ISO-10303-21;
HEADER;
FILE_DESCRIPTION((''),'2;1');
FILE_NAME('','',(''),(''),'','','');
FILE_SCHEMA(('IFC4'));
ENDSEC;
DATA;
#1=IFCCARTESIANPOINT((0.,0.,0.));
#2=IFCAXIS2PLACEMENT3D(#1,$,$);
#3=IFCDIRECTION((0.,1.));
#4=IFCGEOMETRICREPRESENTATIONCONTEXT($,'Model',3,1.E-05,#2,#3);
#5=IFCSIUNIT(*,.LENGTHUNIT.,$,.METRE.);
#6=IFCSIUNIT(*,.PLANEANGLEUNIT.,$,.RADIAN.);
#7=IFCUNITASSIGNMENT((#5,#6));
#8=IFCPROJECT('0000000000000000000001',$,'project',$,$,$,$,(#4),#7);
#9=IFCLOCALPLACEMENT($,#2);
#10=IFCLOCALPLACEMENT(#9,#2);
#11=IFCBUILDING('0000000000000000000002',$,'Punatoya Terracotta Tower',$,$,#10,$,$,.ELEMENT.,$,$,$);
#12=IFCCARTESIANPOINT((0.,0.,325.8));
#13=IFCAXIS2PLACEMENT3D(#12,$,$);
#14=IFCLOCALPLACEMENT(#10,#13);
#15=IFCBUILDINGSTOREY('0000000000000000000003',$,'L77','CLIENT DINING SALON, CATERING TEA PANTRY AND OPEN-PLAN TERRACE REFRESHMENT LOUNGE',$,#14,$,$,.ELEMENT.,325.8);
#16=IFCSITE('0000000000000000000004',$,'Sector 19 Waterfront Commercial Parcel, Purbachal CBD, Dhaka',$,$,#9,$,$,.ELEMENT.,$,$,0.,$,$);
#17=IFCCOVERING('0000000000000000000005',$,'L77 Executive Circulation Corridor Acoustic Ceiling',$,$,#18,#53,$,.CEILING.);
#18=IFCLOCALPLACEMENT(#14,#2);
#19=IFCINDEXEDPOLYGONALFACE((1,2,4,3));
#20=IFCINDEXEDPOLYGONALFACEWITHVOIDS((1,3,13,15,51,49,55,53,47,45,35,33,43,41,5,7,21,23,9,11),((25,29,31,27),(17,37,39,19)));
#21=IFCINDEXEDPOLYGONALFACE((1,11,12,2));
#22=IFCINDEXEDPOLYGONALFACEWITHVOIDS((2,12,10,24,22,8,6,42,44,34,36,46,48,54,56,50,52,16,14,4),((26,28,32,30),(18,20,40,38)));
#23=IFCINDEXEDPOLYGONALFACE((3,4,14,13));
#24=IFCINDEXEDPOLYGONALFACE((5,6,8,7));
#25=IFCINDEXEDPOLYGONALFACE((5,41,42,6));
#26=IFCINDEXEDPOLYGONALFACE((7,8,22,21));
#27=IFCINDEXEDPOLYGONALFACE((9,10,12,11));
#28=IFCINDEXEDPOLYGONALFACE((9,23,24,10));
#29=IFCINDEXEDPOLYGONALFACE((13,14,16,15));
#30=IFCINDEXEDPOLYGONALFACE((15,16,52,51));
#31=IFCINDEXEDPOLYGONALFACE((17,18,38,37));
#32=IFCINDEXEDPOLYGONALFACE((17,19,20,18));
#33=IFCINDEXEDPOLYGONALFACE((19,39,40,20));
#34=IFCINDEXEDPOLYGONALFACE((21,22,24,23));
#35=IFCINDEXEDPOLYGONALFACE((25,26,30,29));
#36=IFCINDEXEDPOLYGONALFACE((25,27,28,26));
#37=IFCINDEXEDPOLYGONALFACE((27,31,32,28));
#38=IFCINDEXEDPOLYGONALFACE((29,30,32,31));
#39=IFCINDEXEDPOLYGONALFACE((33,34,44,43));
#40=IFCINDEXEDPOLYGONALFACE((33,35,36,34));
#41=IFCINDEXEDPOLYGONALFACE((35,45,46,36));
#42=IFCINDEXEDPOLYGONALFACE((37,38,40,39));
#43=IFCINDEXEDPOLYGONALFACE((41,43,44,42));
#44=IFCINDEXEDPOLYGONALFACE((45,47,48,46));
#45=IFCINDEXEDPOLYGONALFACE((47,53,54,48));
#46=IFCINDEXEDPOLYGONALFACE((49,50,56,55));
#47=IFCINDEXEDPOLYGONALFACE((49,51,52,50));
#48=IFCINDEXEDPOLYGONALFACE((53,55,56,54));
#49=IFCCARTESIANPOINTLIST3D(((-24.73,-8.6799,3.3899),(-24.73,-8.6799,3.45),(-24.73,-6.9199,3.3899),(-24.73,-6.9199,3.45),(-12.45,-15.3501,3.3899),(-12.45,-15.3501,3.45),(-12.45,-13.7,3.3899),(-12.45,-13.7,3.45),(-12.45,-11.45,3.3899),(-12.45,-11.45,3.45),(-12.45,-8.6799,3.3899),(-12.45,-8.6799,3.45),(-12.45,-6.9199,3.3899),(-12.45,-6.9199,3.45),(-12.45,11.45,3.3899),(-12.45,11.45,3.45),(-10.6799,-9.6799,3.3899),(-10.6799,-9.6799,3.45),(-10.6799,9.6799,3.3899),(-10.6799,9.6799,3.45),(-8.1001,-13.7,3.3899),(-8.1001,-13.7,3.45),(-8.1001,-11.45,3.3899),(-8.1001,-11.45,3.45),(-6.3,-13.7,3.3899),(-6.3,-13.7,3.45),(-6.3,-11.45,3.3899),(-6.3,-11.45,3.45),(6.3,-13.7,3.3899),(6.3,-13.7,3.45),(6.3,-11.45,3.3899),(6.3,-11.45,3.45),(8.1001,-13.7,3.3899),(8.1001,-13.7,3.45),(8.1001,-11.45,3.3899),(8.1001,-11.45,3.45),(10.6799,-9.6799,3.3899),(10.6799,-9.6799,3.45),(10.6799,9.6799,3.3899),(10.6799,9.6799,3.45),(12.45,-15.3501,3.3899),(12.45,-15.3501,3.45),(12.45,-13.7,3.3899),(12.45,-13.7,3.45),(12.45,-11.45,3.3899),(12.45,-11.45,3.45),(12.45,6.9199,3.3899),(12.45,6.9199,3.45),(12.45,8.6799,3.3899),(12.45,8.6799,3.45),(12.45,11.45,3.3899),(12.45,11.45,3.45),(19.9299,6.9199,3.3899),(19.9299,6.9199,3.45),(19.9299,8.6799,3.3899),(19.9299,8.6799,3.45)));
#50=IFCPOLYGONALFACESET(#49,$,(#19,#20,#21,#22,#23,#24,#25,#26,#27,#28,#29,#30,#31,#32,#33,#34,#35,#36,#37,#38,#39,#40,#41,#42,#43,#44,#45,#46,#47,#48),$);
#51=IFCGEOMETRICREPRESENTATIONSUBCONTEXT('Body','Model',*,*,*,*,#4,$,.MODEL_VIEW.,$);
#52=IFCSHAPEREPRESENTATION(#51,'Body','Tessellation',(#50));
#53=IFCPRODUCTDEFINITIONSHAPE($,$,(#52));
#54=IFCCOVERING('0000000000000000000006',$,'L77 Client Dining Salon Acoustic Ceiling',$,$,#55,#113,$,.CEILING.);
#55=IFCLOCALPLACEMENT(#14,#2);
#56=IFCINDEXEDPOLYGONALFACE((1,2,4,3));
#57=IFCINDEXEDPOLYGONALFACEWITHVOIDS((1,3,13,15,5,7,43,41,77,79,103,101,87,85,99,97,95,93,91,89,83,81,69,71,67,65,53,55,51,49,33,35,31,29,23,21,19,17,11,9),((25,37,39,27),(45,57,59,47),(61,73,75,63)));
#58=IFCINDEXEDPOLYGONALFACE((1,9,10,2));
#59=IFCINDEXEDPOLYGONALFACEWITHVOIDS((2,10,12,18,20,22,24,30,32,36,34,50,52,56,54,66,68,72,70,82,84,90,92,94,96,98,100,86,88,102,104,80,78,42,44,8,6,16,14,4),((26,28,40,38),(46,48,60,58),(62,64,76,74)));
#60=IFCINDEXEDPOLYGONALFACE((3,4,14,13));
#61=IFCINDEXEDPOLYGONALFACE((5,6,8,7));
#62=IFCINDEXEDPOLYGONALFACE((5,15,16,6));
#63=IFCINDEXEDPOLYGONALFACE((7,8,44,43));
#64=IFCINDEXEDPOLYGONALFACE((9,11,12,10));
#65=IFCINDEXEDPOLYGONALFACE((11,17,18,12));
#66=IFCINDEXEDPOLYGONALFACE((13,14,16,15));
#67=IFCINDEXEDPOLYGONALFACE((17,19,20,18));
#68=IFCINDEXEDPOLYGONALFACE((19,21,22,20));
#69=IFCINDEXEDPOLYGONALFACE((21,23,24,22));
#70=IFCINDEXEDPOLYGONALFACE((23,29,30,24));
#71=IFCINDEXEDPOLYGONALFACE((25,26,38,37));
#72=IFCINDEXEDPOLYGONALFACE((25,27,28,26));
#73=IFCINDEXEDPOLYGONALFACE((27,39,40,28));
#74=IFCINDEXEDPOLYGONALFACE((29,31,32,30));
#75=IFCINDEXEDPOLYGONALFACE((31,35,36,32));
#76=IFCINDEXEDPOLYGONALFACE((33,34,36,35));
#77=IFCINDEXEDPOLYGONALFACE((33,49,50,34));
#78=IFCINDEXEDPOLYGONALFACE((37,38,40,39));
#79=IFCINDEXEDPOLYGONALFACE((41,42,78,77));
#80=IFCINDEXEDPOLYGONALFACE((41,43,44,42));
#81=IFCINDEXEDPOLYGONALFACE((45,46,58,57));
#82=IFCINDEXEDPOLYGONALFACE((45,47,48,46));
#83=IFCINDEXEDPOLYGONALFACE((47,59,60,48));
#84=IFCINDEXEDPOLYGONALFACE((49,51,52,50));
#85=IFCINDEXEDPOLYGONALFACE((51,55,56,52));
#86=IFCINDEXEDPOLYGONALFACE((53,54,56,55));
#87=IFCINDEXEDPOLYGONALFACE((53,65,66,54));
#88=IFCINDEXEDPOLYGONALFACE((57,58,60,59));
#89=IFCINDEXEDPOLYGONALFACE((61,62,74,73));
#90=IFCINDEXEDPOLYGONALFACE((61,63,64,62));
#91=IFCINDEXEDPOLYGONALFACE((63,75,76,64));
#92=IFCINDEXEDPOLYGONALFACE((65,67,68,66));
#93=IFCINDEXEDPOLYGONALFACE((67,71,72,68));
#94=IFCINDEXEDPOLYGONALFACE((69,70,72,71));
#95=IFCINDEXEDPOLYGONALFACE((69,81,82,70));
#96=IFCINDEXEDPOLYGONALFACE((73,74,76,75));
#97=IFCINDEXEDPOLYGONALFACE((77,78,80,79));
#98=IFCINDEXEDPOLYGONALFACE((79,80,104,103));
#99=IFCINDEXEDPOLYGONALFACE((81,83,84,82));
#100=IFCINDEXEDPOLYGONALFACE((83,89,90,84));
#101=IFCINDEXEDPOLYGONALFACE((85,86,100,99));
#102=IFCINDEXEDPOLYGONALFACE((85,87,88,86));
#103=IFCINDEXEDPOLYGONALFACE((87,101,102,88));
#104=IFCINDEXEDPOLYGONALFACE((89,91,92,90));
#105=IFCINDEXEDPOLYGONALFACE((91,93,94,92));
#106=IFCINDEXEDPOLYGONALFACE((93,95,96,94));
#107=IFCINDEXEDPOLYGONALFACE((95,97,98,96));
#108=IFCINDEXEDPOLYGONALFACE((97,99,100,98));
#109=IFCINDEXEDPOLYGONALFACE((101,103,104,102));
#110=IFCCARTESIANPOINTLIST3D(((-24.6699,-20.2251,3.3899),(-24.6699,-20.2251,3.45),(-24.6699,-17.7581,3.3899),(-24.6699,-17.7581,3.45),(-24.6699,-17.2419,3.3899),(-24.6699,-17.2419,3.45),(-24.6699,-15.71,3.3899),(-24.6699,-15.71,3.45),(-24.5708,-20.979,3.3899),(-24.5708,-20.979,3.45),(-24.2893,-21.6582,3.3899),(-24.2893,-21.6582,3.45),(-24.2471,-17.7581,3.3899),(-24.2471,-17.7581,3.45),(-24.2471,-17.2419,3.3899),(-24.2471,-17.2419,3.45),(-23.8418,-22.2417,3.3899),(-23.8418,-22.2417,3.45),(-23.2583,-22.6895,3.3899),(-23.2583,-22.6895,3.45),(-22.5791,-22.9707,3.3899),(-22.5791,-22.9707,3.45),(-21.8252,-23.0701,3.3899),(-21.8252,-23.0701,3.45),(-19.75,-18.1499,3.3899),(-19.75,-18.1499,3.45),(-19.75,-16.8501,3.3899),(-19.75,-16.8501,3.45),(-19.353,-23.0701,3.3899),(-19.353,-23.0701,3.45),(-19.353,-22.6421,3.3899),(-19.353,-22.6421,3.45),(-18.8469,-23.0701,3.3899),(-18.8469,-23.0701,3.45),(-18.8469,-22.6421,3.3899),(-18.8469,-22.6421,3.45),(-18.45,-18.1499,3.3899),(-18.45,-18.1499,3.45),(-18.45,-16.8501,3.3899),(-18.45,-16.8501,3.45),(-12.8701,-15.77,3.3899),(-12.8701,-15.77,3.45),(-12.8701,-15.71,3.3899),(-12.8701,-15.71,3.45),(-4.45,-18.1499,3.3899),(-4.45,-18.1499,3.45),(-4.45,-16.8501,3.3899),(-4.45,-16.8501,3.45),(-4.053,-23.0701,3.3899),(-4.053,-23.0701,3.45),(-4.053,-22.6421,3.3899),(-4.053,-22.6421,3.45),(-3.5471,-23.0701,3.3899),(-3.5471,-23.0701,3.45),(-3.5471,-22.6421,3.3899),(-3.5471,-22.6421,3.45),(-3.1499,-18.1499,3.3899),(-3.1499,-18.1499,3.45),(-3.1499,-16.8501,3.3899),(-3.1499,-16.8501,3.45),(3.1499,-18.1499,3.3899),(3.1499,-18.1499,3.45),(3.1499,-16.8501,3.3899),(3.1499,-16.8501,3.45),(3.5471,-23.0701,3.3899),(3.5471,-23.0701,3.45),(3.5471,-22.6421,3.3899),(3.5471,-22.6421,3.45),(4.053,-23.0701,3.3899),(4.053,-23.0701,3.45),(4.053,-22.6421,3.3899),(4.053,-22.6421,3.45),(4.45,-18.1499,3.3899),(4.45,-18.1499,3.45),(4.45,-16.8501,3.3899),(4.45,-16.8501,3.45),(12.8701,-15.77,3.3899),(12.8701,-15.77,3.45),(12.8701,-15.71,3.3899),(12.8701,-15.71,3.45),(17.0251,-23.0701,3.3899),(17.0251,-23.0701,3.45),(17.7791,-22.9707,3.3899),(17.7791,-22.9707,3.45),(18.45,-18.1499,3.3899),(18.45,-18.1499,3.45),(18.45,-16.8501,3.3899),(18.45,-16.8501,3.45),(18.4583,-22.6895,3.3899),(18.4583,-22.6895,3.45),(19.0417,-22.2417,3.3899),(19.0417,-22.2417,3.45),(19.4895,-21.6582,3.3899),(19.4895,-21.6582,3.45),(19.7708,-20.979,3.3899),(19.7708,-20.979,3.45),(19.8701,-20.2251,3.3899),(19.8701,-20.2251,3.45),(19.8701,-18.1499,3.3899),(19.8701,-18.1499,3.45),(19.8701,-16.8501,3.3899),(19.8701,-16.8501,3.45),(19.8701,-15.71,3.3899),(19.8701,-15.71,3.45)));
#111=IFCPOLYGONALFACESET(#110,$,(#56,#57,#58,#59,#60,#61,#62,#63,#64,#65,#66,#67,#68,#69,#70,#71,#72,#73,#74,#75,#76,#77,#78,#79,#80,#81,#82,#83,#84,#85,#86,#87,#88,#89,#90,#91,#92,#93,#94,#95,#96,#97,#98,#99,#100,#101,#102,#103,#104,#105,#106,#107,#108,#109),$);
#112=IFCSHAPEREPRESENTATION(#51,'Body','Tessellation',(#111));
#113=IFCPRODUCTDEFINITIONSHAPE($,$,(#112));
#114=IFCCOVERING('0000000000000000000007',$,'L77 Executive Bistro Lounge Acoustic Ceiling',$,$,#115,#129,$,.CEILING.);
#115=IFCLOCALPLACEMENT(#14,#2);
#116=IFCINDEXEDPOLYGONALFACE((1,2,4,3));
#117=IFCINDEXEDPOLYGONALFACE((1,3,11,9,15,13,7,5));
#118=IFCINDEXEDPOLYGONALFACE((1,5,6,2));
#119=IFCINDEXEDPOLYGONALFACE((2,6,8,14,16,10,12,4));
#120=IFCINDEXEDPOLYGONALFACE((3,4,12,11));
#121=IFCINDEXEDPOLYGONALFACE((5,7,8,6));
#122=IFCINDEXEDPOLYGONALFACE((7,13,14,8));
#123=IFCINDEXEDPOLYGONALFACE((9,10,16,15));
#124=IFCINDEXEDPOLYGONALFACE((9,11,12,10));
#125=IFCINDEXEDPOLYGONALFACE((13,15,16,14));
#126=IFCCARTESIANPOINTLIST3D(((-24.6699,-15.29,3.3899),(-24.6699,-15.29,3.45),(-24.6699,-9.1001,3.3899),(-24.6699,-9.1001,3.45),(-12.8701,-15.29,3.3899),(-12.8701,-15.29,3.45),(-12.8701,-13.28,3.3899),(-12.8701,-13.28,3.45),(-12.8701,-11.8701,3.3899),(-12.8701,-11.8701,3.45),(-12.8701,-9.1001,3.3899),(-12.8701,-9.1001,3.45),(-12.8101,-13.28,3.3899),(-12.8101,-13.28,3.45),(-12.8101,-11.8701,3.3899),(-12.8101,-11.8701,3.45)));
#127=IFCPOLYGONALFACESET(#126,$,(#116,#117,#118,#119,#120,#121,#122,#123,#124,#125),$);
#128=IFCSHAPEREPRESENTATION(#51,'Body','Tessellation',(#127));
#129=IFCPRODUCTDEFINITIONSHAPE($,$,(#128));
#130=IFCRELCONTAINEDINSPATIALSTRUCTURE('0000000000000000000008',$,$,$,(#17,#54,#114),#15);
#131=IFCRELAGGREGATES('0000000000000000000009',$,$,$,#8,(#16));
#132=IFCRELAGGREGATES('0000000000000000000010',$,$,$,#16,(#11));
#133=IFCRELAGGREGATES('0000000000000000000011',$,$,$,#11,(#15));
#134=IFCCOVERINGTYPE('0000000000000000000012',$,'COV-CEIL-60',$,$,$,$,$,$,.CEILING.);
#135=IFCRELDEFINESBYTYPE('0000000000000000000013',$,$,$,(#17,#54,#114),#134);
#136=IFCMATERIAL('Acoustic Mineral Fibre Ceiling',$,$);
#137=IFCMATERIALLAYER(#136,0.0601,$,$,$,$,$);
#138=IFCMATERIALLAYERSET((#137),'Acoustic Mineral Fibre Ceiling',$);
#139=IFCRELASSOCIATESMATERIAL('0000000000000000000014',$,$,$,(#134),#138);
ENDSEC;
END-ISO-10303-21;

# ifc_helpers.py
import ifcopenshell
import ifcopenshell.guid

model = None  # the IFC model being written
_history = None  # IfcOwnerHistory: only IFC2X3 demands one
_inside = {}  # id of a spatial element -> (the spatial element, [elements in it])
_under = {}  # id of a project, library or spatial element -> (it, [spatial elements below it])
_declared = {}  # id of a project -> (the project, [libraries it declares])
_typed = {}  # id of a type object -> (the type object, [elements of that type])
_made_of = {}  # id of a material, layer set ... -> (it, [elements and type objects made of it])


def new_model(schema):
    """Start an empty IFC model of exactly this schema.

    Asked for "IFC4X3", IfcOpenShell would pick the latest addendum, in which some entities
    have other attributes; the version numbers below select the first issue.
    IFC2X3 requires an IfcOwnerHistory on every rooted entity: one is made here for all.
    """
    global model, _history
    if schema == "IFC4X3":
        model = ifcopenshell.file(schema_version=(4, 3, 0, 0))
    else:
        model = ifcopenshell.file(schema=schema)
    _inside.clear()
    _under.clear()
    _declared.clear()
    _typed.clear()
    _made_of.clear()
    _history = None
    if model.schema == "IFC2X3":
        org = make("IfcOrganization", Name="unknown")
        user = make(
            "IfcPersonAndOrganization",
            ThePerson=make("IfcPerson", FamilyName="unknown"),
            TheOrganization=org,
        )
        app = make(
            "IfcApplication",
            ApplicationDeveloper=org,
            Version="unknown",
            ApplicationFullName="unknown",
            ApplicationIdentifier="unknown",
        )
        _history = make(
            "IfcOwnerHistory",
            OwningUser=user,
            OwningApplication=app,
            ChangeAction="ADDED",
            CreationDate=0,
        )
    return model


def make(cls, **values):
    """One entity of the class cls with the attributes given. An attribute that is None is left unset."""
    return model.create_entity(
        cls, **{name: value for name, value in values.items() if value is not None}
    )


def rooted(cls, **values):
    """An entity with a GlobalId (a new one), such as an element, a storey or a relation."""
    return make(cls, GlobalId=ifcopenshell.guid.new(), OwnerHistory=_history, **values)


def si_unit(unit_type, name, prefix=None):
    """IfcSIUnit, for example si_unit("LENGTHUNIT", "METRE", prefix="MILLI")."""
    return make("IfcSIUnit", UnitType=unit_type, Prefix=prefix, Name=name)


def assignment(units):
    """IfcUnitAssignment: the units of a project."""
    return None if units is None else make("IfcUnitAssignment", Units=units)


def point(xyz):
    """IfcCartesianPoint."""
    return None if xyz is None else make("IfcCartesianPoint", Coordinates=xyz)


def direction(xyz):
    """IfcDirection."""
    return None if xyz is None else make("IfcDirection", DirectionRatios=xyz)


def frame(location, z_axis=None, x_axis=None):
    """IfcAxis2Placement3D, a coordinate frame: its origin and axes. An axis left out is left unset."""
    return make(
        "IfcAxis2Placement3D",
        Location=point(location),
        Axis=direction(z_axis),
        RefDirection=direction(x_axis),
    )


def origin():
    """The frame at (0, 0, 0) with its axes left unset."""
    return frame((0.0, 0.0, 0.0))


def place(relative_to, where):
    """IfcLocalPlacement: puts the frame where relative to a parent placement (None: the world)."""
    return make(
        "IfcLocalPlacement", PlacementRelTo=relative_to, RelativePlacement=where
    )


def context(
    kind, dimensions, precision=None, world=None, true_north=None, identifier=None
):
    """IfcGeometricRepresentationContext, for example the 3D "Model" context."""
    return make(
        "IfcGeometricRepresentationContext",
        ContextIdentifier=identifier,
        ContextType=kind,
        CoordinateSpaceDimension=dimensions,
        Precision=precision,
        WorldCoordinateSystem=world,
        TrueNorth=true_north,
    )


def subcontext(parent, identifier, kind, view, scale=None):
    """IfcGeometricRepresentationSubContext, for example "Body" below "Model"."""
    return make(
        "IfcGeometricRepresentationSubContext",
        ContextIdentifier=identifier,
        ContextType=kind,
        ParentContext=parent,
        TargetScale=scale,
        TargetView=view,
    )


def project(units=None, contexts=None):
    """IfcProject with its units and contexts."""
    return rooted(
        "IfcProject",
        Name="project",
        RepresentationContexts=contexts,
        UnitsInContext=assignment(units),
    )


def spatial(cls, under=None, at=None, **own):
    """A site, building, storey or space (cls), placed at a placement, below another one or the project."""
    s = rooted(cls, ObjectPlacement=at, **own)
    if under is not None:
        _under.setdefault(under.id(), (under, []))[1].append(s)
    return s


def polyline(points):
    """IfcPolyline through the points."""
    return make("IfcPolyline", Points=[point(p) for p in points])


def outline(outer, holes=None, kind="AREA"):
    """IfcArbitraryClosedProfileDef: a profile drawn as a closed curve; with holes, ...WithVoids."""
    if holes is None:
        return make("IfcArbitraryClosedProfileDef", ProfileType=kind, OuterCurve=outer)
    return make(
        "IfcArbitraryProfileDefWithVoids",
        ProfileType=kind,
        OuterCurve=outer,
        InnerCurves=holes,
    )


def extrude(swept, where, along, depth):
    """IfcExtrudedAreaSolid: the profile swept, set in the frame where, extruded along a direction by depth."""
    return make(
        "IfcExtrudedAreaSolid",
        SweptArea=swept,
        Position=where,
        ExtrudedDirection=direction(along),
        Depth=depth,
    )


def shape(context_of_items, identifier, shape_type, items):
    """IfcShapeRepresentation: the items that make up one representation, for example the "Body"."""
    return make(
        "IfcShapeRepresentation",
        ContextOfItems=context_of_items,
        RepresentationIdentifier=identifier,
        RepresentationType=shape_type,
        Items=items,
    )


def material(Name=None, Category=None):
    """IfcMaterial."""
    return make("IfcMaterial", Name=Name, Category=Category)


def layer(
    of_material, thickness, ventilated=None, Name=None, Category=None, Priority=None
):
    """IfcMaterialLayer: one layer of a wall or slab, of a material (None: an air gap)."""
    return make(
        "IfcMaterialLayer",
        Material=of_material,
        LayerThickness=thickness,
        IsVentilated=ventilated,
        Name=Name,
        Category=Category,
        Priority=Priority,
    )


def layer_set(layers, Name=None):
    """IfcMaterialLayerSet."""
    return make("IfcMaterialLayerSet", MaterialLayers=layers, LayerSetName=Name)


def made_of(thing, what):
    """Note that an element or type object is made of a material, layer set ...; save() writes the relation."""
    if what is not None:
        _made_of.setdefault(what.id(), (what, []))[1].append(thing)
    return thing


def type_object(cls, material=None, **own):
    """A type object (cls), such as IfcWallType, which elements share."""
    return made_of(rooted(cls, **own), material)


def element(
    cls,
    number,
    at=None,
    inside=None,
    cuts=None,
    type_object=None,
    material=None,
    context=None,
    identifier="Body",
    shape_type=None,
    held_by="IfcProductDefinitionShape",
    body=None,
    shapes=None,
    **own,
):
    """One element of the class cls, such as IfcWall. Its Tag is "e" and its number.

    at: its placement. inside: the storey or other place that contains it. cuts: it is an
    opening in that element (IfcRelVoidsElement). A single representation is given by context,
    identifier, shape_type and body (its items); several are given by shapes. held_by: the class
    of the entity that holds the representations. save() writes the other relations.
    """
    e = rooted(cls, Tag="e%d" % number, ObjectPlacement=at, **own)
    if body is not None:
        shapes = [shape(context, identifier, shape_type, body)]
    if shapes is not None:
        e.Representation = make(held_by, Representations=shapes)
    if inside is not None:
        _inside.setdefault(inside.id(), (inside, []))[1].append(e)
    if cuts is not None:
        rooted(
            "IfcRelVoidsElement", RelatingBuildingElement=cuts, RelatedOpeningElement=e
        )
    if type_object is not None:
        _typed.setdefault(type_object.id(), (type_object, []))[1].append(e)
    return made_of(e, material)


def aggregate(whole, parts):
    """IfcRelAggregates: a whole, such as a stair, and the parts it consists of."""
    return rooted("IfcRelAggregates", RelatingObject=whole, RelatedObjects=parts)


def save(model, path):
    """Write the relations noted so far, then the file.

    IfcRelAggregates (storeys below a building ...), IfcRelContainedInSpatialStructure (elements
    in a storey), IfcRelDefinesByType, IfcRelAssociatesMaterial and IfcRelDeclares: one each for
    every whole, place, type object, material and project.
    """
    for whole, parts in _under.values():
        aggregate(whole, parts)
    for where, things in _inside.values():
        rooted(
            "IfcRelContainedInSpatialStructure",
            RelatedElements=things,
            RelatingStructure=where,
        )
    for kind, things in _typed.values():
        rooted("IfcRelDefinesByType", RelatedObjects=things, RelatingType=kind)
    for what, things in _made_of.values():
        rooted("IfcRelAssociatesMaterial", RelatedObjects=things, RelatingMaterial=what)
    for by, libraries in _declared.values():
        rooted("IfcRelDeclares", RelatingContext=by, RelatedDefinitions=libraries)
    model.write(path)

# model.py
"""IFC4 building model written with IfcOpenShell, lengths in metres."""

from ifc_helpers import new_model, si_unit, direction, frame, origin, place, context, subcontext, project, spatial, polyline, outline, extrude, material, layer, layer_set, type_object, element, save


model = new_model("IFC4")

# Units and contexts
model_context = context("Model", 3, precision=1e-05, world=origin(), true_north=direction((0.0, 1.0)))
body_context = subcontext(model_context, "Body", "Model", "MODEL_VIEW")
ifc_project = project(units=[si_unit("LENGTHUNIT", "METRE"), si_unit("PLANEANGLEUNIT", "RADIAN")], contexts=[model_context])

# Site, building, storey
site_placement = place(None, origin())
site = spatial("IfcSite", under=ifc_project, at=site_placement, Name="Sector 19 Waterfront Commercial Parcel, Purbachal CBD, Dhaka", CompositionType="ELEMENT", RefElevation=0.0)
building_placement = place(site_placement, origin())
building = spatial("IfcBuilding", under=site, at=building_placement, Name="Punatoya Terracotta Tower", CompositionType="ELEMENT")
storey_placement = place(building_placement, frame((0.0, 0.0, 325.8)))
storey = spatial("IfcBuildingStorey", under=building, at=storey_placement, Name="L77", Description="CLIENT DINING SALON, CATERING TEA PANTRY AND OPEN-PLAN TERRACE REFRESHMENT LOUNGE", CompositionType="ELEMENT", Elevation=325.8)

# Coverings
ifc_material_1 = material(Name="Acoustic Mineral Fibre Ceiling")
ifc_layer_1 = layer(ifc_material_1, 0.0601)
ifc_layer_set_1 = layer_set([ifc_layer_1], Name="Acoustic Mineral Fibre Ceiling")
covering_type = type_object("IfcCoveringType", Name="COV-CEIL-60", PredefinedType="CEILING", material=ifc_layer_set_1)
covering_1_placement = place(storey_placement, frame((0.0, 0.0, 3.3899)))
element("IfcCovering", 1, at=covering_1_placement, inside=storey, type_object=covering_type, Name="L77 Executive Circulation Corridor Acoustic Ceiling", PredefinedType="CEILING", context=body_context, shape_type="SweptSolid", body=[
    extrude(outline(polyline([(-12.45, -15.3501), (12.45, -15.3501), (12.45, -13.7), (8.1001, -13.7), (8.1001, -11.45), (12.45, -11.45), (12.45, 6.9199), (19.9299, 6.9199), (19.9299, 8.6799), (12.45, 8.6799), (12.45, 11.45), (-12.45, 11.45), (-12.45, -6.9199), (-24.73, -6.9199), (-24.73, -8.6799), (-12.45, -8.6799), (-12.45, -11.45), (-8.1001, -11.45), (-8.1001, -13.7), (-12.45, -13.7), (-12.45, -15.3501)]), holes=[polyline([(10.6799, 9.6799), (10.6799, -9.6799), (-10.6799, -9.6799), (-10.6799, 9.6799), (10.6799, 9.6799)]), polyline([(6.3, -13.7), (-6.3, -13.7), (-6.3, -11.45), (6.3, -11.45), (6.3, -13.7)])]), origin(), (0.0, 0.0, 1.0), 0.0601),
])
covering_2_placement = place(storey_placement, frame((0.0, 0.0, 3.3899)))
element("IfcCovering", 2, at=covering_2_placement, inside=storey, type_object=covering_type, Name="L77 Client Dining Salon Acoustic Ceiling", PredefinedType="CEILING", context=body_context, shape_type="SweptSolid", body=[
    extrude(outline(polyline([(-12.8701, -15.77), (-12.8701, -15.71), (-24.6699, -15.71), (-24.6699, -17.2419), (-24.2471, -17.2419), (-24.2471, -17.7581), (-24.6699, -17.7581), (-24.6699, -20.2251), (-24.5708, -20.979), (-24.2893, -21.6582), (-23.8418, -22.2417), (-23.2583, -22.6895), (-22.5791, -22.9707), (-21.8252, -23.0701), (-19.353, -23.0701), (-19.353, -22.6421), (-18.8469, -22.6421), (-18.8469, -23.0701), (-4.053, -23.0701), (-4.053, -22.6421), (-3.5471, -22.6421), (-3.5471, -23.0701), (3.5471, -23.0701), (3.5471, -22.6421), (4.053, -22.6421), (4.053, -23.0701), (17.0251, -23.0701), (17.7791, -22.9707), (18.4583, -22.6895), (19.0417, -22.2417), (19.4895, -21.6582), (19.7708, -20.979), (19.8701, -20.2251), (19.8701, -18.1499), (18.45, -18.1499), (18.45, -16.8501), (19.8701, -16.8501), (19.8701, -15.71), (12.8701, -15.71), (12.8701, -15.77), (-12.8701, -15.77)]), holes=[polyline([(4.45, -16.8501), (4.45, -18.1499), (3.1499, -18.1499), (3.1499, -16.8501), (4.45, -16.8501)]), polyline([(-4.45, -16.8501), (-3.1499, -16.8501), (-3.1499, -18.1499), (-4.45, -18.1499), (-4.45, -16.8501)]), polyline([(-19.75, -18.1499), (-19.75, -16.8501), (-18.45, -16.8501), (-18.45, -18.1499), (-19.75, -18.1499)])]), origin(), (0.0, 0.0, 1.0), 0.0601),
])
covering_3_placement = place(storey_placement, frame((0.0, 0.0, 3.3899)))
element("IfcCovering", 3, at=covering_3_placement, inside=storey, type_object=covering_type, Name="L77 Executive Bistro Lounge Acoustic Ceiling", PredefinedType="CEILING", context=body_context, shape_type="SweptSolid", body=[
    extrude(outline(polyline([(-12.8701, -13.28), (-12.8101, -13.28), (-12.8101, -11.8701), (-12.8701, -11.8701), (-12.8701, -9.1001), (-24.6699, -9.1001), (-24.6699, -15.29), (-12.8701, -15.29), (-12.8701, -13.28)])), origin(), (0.0, 0.0, 1.0), 0.0601),
])

save(model, "model.ifc")
